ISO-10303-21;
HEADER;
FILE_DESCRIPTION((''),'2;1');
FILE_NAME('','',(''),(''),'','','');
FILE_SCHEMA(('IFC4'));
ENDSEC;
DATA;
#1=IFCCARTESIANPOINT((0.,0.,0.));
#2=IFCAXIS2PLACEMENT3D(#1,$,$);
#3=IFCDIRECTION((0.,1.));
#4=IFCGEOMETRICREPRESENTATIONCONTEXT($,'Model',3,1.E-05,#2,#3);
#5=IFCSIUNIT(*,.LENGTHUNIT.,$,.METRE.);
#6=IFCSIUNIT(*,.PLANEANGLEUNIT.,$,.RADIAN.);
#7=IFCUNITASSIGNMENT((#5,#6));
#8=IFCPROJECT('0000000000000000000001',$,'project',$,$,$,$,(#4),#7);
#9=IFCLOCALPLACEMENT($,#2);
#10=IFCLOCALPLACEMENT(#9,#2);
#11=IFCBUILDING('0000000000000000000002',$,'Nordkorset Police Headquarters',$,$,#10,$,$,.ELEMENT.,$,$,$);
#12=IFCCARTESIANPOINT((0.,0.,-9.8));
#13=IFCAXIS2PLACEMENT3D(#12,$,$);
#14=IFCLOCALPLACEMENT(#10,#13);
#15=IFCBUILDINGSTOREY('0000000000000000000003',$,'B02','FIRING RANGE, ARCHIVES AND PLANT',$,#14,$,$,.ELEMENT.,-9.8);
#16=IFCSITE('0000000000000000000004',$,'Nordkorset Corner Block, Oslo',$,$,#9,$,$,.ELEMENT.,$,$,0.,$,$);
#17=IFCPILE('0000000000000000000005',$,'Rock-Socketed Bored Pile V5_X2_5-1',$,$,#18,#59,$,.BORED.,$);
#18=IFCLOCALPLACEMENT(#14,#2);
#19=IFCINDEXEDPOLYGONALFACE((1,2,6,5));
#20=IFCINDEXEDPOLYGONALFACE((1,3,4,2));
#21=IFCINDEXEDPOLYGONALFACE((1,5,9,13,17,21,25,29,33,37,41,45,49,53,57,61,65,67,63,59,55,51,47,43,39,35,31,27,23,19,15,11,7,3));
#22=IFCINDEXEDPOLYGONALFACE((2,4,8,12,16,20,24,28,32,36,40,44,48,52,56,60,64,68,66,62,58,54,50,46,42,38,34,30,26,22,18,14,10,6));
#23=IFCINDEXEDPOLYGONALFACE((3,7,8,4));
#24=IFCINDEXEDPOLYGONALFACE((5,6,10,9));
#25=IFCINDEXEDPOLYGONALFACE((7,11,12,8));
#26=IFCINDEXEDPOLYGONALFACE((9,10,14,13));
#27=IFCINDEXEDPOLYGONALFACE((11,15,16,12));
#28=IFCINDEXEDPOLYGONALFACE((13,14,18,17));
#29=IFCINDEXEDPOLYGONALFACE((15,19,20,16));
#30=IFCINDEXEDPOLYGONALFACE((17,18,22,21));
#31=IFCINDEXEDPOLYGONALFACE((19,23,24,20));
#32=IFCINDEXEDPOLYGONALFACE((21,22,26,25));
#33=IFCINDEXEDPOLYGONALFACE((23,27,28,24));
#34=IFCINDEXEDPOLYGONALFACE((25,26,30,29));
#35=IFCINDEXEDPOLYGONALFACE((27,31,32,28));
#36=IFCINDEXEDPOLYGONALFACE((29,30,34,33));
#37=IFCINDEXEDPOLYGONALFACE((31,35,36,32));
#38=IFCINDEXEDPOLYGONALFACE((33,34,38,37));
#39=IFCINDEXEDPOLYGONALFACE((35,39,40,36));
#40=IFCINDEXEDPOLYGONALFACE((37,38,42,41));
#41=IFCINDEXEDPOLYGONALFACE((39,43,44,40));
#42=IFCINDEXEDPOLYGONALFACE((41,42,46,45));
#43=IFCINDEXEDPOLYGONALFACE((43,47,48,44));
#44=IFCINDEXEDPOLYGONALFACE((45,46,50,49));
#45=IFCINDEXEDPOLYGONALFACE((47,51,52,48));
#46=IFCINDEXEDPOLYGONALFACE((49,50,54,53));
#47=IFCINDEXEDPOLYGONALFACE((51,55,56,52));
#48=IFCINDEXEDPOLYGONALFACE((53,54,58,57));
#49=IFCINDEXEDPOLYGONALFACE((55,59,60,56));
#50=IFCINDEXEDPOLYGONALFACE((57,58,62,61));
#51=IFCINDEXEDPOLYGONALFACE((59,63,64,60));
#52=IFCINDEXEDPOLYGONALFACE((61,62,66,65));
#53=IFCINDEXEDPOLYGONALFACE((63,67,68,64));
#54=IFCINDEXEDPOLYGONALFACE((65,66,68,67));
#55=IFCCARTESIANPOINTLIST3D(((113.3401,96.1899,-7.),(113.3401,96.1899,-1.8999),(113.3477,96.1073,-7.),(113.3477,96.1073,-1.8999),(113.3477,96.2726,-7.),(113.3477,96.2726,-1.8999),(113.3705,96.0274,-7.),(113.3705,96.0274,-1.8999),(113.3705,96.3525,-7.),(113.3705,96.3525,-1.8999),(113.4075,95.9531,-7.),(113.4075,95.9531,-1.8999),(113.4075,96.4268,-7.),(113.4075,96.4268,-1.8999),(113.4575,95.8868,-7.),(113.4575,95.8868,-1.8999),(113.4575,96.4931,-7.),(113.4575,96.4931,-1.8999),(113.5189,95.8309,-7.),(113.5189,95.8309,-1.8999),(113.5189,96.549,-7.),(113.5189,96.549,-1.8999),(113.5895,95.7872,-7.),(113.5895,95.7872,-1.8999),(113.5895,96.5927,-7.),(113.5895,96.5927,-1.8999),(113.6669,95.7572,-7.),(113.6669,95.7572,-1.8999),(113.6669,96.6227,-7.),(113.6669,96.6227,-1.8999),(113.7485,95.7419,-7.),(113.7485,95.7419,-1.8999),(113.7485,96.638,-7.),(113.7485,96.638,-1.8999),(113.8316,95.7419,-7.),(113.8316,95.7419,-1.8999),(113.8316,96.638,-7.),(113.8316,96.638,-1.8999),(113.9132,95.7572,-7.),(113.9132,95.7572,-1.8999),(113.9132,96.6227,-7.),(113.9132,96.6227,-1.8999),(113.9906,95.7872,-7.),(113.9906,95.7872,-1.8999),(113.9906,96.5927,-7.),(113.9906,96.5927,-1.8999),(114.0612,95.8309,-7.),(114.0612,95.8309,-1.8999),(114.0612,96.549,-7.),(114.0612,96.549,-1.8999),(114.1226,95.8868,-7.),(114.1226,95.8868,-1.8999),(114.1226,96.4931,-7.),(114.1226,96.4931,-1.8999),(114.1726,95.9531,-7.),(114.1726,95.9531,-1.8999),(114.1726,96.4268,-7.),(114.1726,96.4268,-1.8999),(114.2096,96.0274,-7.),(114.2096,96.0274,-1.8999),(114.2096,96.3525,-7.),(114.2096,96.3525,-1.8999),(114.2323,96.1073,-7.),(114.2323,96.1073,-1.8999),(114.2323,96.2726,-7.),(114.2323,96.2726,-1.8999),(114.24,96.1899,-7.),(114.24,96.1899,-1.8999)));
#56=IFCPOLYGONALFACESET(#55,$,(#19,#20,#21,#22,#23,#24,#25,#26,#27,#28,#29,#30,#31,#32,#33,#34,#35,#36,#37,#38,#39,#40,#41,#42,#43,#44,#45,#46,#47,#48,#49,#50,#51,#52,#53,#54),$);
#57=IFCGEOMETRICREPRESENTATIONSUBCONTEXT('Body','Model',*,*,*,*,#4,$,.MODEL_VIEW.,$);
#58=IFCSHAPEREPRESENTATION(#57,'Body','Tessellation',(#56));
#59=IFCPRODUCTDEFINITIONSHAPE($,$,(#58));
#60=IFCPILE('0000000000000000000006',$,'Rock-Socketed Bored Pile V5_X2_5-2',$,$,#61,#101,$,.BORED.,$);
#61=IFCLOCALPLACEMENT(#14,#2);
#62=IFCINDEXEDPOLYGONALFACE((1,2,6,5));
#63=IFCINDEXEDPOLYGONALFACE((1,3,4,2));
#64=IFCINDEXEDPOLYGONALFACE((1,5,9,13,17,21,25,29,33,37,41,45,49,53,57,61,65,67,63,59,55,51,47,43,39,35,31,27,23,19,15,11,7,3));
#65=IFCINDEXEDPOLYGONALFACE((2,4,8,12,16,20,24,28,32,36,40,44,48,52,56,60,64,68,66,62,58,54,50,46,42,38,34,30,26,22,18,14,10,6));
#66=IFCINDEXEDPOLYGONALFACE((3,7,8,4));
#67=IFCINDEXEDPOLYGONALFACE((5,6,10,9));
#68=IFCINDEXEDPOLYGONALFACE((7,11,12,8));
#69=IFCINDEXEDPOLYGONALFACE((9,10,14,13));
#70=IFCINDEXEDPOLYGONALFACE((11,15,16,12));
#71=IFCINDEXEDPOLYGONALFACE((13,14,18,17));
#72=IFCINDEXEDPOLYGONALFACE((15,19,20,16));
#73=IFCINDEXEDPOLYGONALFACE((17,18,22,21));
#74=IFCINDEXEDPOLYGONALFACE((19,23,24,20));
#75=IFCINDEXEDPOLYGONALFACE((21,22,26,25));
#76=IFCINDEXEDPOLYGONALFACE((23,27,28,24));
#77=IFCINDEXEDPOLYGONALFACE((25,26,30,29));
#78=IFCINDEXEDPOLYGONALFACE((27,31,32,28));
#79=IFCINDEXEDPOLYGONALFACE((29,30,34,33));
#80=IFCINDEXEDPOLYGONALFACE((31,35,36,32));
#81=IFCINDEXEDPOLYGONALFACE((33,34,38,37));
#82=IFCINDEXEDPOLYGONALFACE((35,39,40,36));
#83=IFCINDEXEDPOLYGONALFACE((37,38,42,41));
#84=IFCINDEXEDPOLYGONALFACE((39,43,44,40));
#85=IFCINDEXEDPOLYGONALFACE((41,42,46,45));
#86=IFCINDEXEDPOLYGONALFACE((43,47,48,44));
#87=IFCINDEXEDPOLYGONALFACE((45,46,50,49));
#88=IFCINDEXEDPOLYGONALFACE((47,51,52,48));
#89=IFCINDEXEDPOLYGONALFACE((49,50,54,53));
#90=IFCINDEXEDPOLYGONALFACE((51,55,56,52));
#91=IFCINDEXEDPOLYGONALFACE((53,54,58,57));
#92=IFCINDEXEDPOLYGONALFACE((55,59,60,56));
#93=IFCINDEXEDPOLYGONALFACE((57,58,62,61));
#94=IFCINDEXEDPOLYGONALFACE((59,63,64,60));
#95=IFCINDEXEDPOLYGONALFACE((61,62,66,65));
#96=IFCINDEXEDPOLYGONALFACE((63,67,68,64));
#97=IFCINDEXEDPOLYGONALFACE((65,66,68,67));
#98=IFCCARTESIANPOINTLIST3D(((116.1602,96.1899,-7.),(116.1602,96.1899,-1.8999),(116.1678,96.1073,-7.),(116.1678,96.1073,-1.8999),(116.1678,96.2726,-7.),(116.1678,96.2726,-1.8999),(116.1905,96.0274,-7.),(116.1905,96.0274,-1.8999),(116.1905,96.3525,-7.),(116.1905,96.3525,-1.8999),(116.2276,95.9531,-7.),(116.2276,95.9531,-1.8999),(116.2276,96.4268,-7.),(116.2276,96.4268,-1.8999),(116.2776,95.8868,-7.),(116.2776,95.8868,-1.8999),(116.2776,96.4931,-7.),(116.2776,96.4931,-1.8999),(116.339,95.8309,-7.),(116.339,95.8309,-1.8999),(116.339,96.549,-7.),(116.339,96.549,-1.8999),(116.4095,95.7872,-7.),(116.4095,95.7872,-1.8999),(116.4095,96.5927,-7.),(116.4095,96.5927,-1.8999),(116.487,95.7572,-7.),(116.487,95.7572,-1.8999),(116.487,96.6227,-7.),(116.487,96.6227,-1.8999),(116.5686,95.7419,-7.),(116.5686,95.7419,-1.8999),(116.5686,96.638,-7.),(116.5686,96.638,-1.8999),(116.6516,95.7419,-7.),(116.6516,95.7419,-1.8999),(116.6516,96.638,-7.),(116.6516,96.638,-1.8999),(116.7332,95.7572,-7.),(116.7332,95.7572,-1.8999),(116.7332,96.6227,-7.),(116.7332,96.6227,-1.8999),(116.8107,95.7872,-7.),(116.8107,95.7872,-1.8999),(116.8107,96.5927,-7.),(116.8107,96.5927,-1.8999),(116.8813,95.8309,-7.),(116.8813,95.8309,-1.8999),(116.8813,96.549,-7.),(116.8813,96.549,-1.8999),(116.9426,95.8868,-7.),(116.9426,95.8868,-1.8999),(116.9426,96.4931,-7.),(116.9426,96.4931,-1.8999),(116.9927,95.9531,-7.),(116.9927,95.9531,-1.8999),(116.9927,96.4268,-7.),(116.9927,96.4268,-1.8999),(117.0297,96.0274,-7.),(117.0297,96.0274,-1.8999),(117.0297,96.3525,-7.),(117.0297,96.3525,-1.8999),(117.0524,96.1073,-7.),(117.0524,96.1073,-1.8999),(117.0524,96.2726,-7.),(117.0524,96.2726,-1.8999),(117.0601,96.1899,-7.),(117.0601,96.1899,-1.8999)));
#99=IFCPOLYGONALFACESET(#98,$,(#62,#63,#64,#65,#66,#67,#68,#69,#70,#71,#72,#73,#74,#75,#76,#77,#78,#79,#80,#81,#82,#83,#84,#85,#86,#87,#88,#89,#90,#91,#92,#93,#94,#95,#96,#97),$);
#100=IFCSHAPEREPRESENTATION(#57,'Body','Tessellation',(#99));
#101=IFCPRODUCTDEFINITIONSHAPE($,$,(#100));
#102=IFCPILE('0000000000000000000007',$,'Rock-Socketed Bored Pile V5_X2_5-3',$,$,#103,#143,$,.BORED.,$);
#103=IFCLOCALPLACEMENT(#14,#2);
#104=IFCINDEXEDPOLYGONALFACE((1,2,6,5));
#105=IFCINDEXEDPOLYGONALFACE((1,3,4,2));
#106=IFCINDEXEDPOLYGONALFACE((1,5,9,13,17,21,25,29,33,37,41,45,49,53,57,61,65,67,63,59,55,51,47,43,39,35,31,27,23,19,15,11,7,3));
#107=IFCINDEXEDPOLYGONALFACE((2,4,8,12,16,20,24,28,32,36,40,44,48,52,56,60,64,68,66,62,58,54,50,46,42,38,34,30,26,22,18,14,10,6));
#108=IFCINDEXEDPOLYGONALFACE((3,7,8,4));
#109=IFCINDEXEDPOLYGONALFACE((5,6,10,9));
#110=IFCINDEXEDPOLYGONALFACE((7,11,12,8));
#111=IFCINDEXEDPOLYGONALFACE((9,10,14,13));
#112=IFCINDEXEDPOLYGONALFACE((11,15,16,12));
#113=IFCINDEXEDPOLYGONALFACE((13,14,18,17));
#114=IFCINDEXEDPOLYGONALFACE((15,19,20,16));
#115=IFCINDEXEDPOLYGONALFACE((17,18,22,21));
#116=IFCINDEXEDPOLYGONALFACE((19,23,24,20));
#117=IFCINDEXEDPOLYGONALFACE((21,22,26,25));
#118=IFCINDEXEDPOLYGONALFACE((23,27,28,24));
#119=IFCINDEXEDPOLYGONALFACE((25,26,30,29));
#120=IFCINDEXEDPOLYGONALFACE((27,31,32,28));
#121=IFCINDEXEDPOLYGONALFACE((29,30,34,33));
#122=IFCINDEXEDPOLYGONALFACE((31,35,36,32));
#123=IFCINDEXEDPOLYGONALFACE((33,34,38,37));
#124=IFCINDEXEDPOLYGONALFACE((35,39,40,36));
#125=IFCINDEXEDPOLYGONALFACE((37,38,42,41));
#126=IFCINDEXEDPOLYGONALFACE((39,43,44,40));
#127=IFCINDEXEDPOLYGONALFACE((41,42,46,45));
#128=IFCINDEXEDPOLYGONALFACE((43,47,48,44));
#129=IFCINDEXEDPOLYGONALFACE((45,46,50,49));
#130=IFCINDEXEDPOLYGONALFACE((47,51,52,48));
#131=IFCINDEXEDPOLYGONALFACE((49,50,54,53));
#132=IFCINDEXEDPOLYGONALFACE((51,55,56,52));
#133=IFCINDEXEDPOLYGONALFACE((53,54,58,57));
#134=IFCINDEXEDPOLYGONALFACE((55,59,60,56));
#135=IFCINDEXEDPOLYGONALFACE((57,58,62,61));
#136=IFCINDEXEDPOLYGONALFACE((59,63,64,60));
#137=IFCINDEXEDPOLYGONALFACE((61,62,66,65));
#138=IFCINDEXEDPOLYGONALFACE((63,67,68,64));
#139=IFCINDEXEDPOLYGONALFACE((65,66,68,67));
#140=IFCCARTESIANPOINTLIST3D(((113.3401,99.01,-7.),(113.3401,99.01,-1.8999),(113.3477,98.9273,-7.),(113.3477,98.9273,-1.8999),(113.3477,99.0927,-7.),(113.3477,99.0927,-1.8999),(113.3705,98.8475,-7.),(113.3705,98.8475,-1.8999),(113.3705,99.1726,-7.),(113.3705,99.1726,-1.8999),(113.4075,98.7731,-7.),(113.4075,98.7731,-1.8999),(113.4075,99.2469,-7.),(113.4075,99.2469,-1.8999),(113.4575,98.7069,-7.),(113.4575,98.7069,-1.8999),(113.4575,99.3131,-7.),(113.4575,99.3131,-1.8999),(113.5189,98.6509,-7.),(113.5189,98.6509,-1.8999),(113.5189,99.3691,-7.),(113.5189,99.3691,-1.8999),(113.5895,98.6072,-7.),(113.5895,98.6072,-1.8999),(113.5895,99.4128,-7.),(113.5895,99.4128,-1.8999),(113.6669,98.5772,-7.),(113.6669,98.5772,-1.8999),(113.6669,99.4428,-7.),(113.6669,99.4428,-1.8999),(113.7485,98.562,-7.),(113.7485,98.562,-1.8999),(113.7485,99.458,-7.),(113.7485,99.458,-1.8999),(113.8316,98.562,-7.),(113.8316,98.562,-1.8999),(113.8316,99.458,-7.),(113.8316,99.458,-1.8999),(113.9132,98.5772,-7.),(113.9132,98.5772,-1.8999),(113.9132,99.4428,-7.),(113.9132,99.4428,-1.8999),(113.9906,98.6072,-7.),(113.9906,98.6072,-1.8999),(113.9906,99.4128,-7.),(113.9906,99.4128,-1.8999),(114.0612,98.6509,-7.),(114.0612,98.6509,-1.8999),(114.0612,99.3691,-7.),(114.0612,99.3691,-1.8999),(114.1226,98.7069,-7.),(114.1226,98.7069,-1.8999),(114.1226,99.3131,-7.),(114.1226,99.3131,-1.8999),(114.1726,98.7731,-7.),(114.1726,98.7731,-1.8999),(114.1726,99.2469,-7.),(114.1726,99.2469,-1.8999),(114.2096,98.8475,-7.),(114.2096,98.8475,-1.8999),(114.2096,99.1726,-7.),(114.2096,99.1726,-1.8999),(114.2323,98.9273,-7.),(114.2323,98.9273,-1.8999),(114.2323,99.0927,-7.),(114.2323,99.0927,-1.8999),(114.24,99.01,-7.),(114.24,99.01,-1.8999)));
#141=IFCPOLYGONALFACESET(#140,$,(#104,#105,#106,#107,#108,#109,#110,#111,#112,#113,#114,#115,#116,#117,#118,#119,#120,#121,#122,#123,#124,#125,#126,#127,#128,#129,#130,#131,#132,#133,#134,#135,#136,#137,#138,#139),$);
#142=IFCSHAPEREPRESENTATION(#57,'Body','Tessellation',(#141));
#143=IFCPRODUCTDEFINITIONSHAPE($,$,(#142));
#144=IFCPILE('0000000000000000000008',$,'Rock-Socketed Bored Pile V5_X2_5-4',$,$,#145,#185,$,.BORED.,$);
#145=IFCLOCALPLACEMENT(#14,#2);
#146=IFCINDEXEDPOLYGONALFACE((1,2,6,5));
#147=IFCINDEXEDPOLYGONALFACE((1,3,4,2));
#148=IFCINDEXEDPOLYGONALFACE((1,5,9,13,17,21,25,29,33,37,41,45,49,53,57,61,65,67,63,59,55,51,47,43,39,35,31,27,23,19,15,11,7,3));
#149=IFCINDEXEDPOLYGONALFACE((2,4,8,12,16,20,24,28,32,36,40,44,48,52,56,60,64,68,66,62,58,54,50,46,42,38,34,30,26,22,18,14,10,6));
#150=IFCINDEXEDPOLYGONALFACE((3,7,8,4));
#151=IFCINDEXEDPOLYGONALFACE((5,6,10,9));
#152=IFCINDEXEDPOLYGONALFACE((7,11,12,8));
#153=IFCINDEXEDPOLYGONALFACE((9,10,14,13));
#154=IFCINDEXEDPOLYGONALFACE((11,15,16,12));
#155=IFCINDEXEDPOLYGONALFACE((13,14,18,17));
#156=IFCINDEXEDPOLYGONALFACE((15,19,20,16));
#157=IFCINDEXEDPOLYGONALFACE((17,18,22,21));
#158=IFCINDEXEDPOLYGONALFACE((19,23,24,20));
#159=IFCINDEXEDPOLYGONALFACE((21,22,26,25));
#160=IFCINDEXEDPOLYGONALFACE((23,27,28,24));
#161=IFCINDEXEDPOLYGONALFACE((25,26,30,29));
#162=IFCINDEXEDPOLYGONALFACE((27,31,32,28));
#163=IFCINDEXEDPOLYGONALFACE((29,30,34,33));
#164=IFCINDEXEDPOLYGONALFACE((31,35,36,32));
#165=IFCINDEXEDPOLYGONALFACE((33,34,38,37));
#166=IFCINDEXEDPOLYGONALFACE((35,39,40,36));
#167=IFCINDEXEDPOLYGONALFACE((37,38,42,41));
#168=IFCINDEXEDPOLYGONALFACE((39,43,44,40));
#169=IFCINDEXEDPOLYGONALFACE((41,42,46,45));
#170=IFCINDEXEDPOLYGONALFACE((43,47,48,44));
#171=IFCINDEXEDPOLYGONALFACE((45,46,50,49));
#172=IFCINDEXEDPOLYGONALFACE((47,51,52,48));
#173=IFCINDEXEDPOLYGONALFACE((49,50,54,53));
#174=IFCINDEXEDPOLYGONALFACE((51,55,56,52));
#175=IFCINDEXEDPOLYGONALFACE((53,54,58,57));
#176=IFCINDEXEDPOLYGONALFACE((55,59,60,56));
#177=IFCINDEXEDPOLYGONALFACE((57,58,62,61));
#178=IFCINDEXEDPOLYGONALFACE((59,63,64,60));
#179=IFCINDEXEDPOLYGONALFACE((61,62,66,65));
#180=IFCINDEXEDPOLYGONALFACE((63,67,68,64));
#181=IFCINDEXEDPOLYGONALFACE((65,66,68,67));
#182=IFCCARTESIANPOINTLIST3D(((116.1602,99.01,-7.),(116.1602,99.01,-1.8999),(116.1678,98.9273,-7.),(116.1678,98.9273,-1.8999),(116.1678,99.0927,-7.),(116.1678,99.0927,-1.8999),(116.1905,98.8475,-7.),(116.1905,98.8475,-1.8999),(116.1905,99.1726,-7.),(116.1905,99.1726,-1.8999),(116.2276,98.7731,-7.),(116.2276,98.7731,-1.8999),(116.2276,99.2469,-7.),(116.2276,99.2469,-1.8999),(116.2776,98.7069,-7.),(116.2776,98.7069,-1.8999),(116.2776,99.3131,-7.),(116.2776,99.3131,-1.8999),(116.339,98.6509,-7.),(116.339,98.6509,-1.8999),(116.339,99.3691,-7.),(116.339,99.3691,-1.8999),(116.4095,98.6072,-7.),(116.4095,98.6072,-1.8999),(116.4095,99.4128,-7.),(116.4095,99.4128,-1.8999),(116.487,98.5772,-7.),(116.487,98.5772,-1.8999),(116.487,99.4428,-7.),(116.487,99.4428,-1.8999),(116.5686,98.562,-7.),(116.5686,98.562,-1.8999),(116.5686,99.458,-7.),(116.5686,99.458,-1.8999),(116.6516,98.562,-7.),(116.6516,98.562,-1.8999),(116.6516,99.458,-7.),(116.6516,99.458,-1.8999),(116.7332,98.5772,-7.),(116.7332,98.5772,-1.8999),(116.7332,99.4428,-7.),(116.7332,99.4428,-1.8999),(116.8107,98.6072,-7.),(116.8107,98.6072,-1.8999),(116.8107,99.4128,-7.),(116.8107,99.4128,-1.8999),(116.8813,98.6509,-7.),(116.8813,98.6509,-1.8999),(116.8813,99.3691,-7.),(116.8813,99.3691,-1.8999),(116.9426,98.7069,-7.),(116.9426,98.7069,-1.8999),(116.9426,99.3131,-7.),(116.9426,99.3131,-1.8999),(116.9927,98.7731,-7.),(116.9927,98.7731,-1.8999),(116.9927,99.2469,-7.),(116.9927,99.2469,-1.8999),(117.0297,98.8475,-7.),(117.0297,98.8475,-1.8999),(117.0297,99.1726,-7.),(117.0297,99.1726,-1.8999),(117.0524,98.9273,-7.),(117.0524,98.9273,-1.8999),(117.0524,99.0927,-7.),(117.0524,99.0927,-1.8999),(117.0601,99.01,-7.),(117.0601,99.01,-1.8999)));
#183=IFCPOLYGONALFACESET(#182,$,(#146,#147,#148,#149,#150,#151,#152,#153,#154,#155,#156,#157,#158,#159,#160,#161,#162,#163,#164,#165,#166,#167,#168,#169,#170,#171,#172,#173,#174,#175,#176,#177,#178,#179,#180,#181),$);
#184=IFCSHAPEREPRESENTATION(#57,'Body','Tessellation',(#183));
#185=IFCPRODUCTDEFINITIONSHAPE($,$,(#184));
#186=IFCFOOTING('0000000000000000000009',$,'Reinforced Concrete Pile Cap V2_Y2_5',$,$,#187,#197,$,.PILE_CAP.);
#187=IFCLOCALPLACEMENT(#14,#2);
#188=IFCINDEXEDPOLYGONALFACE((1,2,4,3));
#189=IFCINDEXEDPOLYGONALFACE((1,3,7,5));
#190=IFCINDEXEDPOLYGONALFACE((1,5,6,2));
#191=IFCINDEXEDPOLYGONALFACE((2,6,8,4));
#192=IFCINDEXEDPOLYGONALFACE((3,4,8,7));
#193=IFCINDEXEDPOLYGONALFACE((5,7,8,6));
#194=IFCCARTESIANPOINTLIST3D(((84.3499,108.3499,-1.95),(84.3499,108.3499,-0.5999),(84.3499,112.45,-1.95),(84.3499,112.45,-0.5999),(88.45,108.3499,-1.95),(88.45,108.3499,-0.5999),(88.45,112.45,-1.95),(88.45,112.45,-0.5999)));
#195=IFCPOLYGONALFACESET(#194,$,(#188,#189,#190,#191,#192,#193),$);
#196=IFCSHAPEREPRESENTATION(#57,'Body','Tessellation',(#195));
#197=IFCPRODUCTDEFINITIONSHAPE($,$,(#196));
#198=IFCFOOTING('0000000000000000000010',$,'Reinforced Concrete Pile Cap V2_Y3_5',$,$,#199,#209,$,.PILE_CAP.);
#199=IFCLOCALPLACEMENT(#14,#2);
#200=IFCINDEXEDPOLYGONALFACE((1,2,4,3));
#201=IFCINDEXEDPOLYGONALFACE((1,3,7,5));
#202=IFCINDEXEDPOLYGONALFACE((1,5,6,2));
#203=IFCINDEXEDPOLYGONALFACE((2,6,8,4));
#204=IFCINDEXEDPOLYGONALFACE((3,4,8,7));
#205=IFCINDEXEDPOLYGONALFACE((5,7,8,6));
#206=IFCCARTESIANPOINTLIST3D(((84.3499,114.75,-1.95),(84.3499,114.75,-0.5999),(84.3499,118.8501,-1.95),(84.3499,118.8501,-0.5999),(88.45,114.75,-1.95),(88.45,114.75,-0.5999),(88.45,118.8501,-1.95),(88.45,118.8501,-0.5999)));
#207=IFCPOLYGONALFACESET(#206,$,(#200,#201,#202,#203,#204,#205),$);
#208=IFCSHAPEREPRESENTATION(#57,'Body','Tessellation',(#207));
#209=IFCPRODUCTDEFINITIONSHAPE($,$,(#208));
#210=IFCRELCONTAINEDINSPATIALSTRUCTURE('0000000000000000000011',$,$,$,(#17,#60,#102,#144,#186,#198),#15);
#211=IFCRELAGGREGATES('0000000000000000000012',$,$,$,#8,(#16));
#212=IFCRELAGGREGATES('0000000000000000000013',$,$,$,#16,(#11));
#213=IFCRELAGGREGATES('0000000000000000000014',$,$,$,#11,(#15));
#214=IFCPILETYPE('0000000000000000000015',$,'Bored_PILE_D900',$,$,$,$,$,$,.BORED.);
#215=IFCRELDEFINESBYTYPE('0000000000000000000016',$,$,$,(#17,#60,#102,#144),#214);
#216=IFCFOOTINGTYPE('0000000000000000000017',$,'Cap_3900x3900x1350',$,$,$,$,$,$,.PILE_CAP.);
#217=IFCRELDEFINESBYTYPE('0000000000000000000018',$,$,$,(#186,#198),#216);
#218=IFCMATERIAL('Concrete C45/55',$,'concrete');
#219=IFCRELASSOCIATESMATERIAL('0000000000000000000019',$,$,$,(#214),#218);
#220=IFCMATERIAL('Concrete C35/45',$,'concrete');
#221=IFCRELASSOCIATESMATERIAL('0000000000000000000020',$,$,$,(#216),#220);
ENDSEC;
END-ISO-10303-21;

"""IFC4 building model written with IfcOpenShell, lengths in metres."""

from ifc_helpers import new_model, si_unit, direction, frame, origin, origin_2d, place, context, subcontext, project, spatial, rectangle, circle, extrude, material, material_profile, profile_set, type_object, element, save


model = new_model("IFC4")

# Units and contexts
model_context = context("Model", 3, precision=1e-05, world=origin(), true_north=direction((0.0, 1.0)))
body_context = subcontext(model_context, "Body", "Model", "MODEL_VIEW")
ifc_project = project(units=[si_unit("LENGTHUNIT", "METRE"), si_unit("PLANEANGLEUNIT", "RADIAN")], contexts=[model_context])

# Site, building, storey
site_placement = place(None, origin())
site = spatial("IfcSite", under=ifc_project, at=site_placement, Name="Nordkorset Corner Block, Oslo", CompositionType="ELEMENT", RefElevation=0.0)
building_placement = place(site_placement, origin())
building = spatial("IfcBuilding", under=site, at=building_placement, Name="Nordkorset Police Headquarters", CompositionType="ELEMENT")
storey_placement = place(building_placement, frame((0.0, 0.0, -9.8)))
storey = spatial("IfcBuildingStorey", under=building, at=storey_placement, Name="B02", Description="FIRING RANGE, ARCHIVES AND PLANT", CompositionType="ELEMENT", Elevation=-9.8)

# Piles
ifc_material_1 = material(Name="Concrete C45/55", Category="concrete")
ifc_material_profile_1 = material_profile(ifc_material_1, circle(Radius=0.45, at=origin_2d()), Name="PILE D900")
ifc_profile_set_1 = profile_set([ifc_material_profile_1], Name="Concrete C45/55")
pile_type_1 = type_object("IfcPileType", Name="Bored_PILE_D900", PredefinedType="BORED", material=ifc_profile_set_1)
for number, where, z_axis, x_axis, name in (
    (1, (113.79, 96.1899, -1.8999), (0.0, 0.0, -1.0), (1.0, 0.0, 0.0), "Rock-Socketed Bored Pile V5_X2_5-1"),
    (2, (116.6101, 96.1899, -1.8999), (0.0, 0.0, -1.0), (1.0, 0.0, 0.0), "Rock-Socketed Bored Pile V5_X2_5-2"),
    (3, (113.79, 99.01, -1.8999), (0.0, 0.0, -1.0), (1.0, 0.0, 0.0), "Rock-Socketed Bored Pile V5_X2_5-3"),
    (4, (116.6101, 99.01, -1.8999), (0.0, 0.0, -1.0), (1.0, 0.0, 0.0), "Rock-Socketed Bored Pile V5_X2_5-4"),
):
    element("IfcPile", number, at=place(storey_placement, frame(where, z_axis=z_axis, x_axis=x_axis)), inside=storey, type_object=pile_type_1, Name=name, PredefinedType="BORED", context=body_context, shape_type="SweptSolid", body=[
        extrude(circle(Radius=0.45, at=origin_2d()), origin(), (0.0, 0.0, 1.0), 5.1001),
    ])

# Footings
ifc_material_2 = material(Name="Concrete C35/45", Category="concrete")
footing_type_1 = type_object("IfcFootingType", Name="Cap_3900x3900x1350", PredefinedType="PILE_CAP", material=ifc_material_2)
for number, where, z_axis, x_axis, name in (
    (5, (86.3999, 110.3999, -1.95), (0.0, 0.0, 1.0), (1.0, 0.0, 0.0), "Reinforced Concrete Pile Cap V2_Y2_5"),
    (6, (86.3999, 116.8, -1.95), (0.0, 0.0, 1.0), (1.0, 0.0, 0.0), "Reinforced Concrete Pile Cap V2_Y3_5"),
):
    element("IfcFooting", number, at=place(storey_placement, frame(where, z_axis=z_axis, x_axis=x_axis)), inside=storey, type_object=footing_type_1, Name=name, PredefinedType="PILE_CAP", context=body_context, shape_type="SweptSolid", body=[
        extrude(rectangle(XDim=4.1001, YDim=4.1001, at=origin_2d()), origin(), (0.0, 0.0, 1.0), 1.3501),
    ])

save(model, "model.ifc")
